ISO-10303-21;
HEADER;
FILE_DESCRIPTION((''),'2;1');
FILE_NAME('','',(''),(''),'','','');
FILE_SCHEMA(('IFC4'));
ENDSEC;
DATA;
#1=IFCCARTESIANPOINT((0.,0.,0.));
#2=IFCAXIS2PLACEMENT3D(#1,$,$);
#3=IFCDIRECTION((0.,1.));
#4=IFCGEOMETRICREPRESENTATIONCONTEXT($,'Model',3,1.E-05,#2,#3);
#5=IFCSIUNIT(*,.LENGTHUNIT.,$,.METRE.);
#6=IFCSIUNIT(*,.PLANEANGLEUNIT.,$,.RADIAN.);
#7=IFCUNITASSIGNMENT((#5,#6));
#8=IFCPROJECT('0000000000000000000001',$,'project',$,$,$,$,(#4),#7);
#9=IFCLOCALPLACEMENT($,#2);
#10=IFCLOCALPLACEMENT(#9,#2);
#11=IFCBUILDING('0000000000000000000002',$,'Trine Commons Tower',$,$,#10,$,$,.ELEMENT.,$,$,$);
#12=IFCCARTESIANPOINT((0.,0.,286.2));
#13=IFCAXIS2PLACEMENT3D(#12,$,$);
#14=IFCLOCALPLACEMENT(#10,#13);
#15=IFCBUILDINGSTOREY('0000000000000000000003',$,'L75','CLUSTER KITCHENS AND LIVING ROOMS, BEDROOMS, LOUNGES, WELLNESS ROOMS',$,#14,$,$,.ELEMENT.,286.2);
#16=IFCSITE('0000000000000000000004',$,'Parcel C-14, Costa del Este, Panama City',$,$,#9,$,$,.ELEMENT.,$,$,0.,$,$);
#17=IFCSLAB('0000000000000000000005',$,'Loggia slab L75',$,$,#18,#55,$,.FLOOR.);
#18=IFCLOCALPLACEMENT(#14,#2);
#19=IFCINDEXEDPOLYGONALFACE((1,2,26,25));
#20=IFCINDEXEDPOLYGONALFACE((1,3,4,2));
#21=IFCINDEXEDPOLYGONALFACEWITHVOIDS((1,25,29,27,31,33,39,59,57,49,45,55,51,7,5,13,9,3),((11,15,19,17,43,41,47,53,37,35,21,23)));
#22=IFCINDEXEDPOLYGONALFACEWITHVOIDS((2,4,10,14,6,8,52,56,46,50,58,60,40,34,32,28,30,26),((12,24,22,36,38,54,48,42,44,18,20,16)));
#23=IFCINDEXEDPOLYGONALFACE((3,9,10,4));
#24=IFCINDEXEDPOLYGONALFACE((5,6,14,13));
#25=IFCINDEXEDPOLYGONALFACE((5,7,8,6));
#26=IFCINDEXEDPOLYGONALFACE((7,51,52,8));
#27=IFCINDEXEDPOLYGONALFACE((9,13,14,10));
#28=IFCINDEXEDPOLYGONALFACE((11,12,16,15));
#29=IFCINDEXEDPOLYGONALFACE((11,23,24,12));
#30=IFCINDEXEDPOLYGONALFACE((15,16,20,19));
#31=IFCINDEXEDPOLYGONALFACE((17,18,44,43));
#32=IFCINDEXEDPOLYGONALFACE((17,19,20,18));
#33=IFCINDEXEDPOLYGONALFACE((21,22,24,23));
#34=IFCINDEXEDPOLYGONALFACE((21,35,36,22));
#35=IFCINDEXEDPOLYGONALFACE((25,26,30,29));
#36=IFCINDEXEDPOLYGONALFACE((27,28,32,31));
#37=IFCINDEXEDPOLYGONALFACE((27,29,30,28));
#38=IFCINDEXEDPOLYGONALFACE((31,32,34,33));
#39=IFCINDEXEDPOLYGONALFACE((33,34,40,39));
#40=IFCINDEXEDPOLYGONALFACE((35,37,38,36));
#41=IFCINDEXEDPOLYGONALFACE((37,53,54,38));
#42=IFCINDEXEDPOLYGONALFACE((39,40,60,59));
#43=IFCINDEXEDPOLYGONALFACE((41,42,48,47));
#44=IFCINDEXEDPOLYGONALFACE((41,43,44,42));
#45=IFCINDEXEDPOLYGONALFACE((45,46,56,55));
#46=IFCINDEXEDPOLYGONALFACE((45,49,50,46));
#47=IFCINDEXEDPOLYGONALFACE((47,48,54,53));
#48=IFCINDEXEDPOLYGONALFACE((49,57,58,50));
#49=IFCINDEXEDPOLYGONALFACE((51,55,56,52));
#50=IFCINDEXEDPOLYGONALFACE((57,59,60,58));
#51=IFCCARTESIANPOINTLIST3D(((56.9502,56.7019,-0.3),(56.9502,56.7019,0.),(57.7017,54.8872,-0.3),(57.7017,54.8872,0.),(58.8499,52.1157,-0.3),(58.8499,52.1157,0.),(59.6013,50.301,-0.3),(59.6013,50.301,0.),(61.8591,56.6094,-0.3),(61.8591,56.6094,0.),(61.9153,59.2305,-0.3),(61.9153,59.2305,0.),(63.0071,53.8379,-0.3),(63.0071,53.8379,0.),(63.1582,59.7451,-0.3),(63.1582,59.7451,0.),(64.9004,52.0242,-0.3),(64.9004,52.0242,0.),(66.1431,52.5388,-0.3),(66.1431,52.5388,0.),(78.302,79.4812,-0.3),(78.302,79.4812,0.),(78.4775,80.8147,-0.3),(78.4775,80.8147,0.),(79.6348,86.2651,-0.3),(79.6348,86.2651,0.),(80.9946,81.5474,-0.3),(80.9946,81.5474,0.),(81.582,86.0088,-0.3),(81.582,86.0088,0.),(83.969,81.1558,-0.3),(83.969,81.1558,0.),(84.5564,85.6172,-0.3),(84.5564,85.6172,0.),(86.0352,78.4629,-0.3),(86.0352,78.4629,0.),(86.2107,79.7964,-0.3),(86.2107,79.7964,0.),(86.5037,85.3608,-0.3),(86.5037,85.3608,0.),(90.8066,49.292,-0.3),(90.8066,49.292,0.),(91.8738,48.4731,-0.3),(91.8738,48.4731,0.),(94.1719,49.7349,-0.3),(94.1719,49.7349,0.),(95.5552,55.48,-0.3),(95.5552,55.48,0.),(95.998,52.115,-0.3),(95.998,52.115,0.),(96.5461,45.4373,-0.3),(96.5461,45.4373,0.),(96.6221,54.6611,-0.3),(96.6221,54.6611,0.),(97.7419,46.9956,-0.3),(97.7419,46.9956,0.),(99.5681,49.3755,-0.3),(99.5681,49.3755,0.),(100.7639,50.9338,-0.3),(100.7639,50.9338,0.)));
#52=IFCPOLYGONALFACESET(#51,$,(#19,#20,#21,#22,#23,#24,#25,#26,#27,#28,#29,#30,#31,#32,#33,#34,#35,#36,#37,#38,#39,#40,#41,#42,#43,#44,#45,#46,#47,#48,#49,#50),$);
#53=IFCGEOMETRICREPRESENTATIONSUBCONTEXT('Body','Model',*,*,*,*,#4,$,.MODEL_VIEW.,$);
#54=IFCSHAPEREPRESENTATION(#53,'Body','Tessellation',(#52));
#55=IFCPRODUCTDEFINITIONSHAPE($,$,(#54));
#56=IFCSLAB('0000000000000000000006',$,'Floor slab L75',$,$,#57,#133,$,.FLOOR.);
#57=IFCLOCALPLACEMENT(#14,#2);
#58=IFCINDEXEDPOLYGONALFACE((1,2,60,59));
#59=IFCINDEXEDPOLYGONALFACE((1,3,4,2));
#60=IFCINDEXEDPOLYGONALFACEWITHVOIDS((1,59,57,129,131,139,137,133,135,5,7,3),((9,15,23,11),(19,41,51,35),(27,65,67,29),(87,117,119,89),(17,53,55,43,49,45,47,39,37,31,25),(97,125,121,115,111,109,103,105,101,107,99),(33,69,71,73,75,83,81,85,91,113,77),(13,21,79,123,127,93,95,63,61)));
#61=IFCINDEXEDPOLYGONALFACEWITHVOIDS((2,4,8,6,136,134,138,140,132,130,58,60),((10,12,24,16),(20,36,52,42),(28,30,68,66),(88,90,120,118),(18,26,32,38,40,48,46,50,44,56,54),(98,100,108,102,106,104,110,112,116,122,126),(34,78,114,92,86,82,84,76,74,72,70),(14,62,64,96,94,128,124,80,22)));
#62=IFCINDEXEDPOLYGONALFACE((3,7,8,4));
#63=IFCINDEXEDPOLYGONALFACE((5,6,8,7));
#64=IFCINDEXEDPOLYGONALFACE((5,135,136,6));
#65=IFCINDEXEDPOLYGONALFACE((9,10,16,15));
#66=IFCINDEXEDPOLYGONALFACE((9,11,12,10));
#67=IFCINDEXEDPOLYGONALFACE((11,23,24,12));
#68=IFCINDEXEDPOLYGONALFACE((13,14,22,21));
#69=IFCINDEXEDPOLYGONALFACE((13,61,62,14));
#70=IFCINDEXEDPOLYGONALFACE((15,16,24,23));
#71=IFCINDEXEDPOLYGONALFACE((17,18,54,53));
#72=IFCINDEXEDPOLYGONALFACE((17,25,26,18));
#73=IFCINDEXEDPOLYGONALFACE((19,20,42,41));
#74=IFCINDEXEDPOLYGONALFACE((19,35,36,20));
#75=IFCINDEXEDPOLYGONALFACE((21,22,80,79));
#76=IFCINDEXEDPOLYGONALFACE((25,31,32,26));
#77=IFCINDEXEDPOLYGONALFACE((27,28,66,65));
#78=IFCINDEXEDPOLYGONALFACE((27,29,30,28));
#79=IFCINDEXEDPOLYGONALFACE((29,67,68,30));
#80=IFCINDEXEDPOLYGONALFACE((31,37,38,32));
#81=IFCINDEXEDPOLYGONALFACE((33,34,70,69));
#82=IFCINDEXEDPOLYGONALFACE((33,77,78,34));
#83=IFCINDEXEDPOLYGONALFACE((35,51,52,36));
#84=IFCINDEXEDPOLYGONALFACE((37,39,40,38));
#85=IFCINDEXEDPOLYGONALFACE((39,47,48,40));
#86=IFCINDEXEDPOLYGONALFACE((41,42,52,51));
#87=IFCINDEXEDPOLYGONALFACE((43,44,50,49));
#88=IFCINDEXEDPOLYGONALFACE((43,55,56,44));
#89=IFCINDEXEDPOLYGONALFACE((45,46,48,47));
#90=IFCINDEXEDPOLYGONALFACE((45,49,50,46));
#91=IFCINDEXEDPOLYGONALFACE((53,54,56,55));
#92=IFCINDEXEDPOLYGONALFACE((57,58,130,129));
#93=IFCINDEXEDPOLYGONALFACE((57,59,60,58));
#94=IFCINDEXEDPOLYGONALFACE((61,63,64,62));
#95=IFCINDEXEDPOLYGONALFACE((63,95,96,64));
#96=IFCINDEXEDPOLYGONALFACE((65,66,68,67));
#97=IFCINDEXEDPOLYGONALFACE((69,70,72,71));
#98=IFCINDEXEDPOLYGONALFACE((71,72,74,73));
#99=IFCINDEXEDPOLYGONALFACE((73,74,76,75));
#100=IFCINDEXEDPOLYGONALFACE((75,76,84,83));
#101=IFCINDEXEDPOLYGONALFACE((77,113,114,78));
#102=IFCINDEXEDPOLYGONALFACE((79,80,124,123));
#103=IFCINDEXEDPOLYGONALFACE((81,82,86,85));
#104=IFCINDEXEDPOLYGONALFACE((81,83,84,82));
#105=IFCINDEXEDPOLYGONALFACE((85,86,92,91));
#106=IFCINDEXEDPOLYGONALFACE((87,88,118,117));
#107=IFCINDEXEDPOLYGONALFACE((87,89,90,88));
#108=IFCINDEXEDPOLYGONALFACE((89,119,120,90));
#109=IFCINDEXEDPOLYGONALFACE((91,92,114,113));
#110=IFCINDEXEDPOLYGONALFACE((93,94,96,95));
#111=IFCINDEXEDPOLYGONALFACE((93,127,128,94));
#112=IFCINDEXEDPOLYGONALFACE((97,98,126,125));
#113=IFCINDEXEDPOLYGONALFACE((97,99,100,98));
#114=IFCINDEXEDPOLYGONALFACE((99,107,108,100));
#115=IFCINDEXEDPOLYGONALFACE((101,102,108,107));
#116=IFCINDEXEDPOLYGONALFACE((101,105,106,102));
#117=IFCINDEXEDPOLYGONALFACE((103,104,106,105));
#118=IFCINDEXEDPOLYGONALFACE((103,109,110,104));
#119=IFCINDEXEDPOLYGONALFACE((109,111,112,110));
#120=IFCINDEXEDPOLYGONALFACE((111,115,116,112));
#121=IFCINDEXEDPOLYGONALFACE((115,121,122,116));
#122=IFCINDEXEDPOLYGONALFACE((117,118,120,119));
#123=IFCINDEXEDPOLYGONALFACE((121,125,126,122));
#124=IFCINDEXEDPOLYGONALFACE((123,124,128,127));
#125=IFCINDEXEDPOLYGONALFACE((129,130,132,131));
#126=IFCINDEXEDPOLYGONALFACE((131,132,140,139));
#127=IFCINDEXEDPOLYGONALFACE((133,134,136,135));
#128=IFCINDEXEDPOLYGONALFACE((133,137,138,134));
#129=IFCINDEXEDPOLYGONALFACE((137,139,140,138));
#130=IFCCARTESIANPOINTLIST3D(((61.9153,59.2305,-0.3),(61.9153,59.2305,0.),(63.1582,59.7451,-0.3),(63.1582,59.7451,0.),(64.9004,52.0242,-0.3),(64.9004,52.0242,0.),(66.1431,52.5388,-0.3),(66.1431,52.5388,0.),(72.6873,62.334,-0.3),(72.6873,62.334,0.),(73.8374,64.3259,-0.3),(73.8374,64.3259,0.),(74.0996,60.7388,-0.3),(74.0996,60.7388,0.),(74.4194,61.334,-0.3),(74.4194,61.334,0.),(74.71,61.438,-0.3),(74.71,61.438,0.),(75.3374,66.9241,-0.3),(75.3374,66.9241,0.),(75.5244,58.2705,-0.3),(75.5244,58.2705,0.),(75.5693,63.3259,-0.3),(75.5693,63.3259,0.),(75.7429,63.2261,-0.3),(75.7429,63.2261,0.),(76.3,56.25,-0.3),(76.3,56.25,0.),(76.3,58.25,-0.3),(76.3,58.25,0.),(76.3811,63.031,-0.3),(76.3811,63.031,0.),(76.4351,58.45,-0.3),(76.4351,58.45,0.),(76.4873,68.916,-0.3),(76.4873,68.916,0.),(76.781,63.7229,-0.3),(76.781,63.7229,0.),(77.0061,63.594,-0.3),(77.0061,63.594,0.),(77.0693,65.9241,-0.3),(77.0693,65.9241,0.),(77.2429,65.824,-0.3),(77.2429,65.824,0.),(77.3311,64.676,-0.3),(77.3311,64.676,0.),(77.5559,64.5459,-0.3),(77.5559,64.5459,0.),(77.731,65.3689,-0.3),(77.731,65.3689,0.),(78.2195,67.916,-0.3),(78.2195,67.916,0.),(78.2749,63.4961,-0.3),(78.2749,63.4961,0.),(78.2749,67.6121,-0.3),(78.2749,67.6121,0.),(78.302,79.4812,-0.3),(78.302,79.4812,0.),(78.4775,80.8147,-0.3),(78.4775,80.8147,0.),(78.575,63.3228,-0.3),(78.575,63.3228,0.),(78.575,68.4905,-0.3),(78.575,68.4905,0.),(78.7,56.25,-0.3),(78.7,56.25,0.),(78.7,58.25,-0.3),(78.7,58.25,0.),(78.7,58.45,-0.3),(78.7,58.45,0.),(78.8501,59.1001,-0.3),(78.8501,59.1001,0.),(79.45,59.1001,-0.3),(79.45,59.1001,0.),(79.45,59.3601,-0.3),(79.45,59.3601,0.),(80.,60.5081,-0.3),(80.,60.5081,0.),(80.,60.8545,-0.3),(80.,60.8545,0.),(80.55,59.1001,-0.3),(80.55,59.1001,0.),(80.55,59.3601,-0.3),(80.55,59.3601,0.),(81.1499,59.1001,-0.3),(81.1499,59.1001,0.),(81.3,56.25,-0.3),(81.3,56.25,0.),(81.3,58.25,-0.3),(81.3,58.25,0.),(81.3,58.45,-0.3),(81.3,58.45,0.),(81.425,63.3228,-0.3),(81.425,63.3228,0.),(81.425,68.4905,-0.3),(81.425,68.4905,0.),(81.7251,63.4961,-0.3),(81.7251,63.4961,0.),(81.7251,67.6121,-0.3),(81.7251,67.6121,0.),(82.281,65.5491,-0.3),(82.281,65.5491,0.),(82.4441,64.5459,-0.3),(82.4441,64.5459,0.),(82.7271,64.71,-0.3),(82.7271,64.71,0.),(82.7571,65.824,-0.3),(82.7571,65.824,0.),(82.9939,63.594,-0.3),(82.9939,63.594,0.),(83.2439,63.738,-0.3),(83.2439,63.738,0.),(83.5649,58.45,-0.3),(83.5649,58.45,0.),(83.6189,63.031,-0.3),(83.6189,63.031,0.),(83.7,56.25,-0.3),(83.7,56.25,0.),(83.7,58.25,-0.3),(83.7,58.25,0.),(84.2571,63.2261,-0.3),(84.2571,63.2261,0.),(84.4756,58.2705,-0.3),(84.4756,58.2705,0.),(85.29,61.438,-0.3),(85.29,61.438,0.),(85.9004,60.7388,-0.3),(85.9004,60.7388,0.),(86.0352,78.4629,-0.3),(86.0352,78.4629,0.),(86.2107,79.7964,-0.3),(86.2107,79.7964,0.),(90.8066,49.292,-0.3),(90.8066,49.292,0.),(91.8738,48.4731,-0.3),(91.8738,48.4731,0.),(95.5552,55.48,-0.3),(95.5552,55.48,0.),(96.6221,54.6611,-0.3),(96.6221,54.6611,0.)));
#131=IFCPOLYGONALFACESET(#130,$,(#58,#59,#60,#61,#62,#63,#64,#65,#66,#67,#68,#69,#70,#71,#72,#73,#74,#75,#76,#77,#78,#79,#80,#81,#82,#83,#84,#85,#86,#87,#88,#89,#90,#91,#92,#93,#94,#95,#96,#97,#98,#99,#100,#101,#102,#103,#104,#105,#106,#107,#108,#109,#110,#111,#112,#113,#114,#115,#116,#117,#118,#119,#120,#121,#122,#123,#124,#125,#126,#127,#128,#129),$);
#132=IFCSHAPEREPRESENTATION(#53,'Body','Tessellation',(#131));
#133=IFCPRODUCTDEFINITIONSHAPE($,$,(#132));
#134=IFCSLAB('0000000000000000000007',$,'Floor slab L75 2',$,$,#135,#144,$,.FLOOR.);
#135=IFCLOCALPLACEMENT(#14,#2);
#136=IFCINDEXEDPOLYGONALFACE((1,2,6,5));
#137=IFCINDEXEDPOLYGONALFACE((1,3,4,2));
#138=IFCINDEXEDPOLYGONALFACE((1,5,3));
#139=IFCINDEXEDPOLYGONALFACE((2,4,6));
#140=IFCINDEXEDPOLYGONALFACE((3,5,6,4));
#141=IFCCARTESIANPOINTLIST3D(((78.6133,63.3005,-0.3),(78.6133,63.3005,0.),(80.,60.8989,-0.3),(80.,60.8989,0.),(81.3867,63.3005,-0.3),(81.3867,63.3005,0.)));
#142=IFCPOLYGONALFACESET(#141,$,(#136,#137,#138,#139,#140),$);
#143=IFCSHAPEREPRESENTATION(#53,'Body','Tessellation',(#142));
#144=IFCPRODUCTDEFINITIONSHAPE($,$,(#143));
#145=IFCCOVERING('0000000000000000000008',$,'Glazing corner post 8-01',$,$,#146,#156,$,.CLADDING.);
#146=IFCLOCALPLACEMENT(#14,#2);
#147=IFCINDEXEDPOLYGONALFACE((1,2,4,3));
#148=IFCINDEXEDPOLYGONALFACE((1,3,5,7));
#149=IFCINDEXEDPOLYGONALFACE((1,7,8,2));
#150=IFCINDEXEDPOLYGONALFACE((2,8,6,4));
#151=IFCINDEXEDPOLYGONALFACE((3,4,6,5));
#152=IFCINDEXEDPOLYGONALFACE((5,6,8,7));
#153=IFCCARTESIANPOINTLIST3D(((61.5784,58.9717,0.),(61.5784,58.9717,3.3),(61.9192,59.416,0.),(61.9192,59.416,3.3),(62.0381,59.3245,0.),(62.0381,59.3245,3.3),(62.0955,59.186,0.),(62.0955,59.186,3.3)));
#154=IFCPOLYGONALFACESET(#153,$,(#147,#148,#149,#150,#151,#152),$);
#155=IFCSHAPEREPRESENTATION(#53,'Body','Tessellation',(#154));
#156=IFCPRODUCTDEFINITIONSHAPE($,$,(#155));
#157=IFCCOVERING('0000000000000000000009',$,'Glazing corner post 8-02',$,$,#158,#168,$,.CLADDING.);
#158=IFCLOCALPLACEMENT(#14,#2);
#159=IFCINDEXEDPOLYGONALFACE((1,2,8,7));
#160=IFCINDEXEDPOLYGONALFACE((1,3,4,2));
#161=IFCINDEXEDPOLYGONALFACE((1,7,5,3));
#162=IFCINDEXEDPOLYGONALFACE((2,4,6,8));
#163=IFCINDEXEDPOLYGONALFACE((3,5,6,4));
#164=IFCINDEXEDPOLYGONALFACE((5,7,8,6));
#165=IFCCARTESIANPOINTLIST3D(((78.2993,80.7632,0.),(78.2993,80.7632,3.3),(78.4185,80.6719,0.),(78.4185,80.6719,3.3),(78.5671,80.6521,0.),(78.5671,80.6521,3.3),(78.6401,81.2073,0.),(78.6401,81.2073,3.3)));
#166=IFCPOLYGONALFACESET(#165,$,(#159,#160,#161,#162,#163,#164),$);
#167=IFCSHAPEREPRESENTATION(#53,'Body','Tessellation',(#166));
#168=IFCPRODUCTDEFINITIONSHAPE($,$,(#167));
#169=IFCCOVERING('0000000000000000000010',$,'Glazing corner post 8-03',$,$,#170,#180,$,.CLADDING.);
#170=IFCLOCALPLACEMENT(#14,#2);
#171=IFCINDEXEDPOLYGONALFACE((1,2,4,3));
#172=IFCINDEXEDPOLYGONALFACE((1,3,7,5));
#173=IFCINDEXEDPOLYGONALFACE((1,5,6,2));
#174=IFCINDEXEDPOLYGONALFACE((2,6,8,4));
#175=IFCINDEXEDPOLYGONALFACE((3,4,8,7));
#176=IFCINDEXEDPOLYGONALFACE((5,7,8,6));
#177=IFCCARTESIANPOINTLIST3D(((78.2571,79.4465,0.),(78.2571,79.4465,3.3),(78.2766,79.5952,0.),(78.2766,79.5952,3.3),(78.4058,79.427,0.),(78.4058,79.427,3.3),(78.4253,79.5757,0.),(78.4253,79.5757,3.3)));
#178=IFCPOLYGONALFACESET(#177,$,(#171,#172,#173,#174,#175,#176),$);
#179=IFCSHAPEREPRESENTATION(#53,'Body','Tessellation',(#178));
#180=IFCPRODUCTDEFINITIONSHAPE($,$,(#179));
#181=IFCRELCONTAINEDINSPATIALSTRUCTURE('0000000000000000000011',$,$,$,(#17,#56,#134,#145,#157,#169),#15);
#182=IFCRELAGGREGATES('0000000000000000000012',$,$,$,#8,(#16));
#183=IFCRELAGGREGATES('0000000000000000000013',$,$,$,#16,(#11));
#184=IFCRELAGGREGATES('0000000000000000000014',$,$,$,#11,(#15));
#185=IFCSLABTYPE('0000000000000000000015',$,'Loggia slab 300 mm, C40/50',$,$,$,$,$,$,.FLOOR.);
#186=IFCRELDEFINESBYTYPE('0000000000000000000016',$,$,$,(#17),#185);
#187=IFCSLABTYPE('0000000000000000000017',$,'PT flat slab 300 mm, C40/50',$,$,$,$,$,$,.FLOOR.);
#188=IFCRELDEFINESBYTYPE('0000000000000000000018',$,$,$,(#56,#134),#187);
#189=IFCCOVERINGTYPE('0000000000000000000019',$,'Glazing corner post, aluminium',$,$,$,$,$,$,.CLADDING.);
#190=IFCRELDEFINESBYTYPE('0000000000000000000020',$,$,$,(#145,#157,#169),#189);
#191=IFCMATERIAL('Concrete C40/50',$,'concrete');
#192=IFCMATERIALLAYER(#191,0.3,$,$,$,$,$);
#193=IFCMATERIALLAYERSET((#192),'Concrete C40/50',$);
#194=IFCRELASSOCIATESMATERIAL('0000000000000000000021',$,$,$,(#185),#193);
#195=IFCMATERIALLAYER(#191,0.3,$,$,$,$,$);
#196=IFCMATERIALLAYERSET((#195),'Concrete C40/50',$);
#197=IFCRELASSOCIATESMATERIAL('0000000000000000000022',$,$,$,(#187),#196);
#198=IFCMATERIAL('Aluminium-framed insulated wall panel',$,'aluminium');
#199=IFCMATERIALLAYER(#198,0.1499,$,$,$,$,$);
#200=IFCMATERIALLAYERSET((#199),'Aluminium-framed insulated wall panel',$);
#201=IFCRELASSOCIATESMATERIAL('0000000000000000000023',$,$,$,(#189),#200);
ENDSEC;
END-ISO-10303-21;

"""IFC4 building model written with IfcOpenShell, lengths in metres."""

from ifc_helpers import new_model, si_unit, direction, frame, origin, place, context, subcontext, project, spatial, polyline, outline, extrude, material, layer, layer_set, type_object, element, save


model = new_model("IFC4")

# Units and contexts
model_context = context("Model", 3, precision=1e-05, world=origin(), true_north=direction((0.0, 1.0)))
body_context = subcontext(model_context, "Body", "Model", "MODEL_VIEW")
ifc_project = project(units=[si_unit("LENGTHUNIT", "METRE"), si_unit("PLANEANGLEUNIT", "RADIAN")], contexts=[model_context])

# Site, building, storey
site_placement = place(None, origin())
site = spatial("IfcSite", under=ifc_project, at=site_placement, Name="Parcel C-14, Costa del Este, Panama City", CompositionType="ELEMENT", RefElevation=0.0)
building_placement = place(site_placement, origin())
building = spatial("IfcBuilding", under=site, at=building_placement, Name="Trine Commons Tower", CompositionType="ELEMENT")
storey_placement = place(building_placement, frame((0.0, 0.0, 286.2)))
storey = spatial("IfcBuildingStorey", under=building, at=storey_placement, Name="L75", Description="CLUSTER KITCHENS AND LIVING ROOMS, BEDROOMS, LOUNGES, WELLNESS ROOMS", CompositionType="ELEMENT", Elevation=286.2)

# Slabs
ifc_material_1 = material(Name="Concrete C40/50", Category="concrete")
ifc_layer_1 = layer(ifc_material_1, 0.3)
ifc_layer_set_1 = layer_set([ifc_layer_1], Name="Concrete C40/50")
slab_type_1 = type_object("IfcSlabType", Name="Loggia slab 300 mm, C40/50", PredefinedType="FLOOR", material=ifc_layer_set_1)
slab_1_placement = place(storey_placement, frame((0.0, 0.0, -0.3)))
element("IfcSlab", 1, at=slab_1_placement, inside=storey, type_object=slab_type_1, Name="Loggia slab L75", PredefinedType="FLOOR", context=body_context, shape_type="SweptSolid", body=[
    extrude(outline(polyline([(100.7639, 50.9338), (86.5037, 85.3608), (84.5564, 85.6172), (83.969, 81.1558), (80.9946, 81.5474), (81.582, 86.0088), (79.6348, 86.2651), (56.9502, 56.7019), (57.7017, 54.8872), (61.8591, 56.6094), (63.0071, 53.8379), (58.8499, 52.1157), (59.6013, 50.301), (96.5461, 45.4373), (97.7419, 46.9956), (94.1719, 49.7349), (95.998, 52.115), (99.5681, 49.3755), (100.7639, 50.9338)]), holes=[polyline([(63.1582, 59.7451), (66.1431, 52.5388), (64.9004, 52.0242), (91.8738, 48.4731), (90.8066, 49.292), (95.5552, 55.48), (96.6221, 54.6611), (86.2107, 79.7964), (86.0352, 78.4629), (78.302, 79.4812), (78.4775, 80.8147), (61.9153, 59.2305), (63.1582, 59.7451)])]), origin(), (0.0, 0.0, 1.0), 0.3),
])
ifc_layer_2 = layer(ifc_material_1, 0.3)
ifc_layer_set_2 = layer_set([ifc_layer_2], Name="Concrete C40/50")
slab_type_2 = type_object("IfcSlabType", Name="PT flat slab 300 mm, C40/50", PredefinedType="FLOOR", material=ifc_layer_set_2)
slab_2_placement = place(storey_placement, frame((0.0, 0.0, -0.3)))
element("IfcSlab", 2, at=slab_2_placement, inside=storey, type_object=slab_type_2, Name="Floor slab L75", PredefinedType="FLOOR", context=body_context, shape_type="SweptSolid", body=[
    extrude(outline(polyline([(61.9153, 59.2305), (63.1582, 59.7451), (66.1431, 52.5388), (64.9004, 52.0242), (91.8738, 48.4731), (90.8066, 49.292), (95.5552, 55.48), (96.6221, 54.6611), (86.2107, 79.7964), (86.0352, 78.4629), (78.302, 79.4812), (78.4775, 80.8147), (61.9153, 59.2305)]), holes=[polyline([(78.7, 56.25), (78.7, 58.25), (76.3, 58.25), (76.3, 56.25), (78.7, 56.25)]), polyline([(83.7, 56.25), (83.7, 58.25), (81.3, 58.25), (81.3, 56.25), (83.7, 56.25)]), polyline([(81.3, 58.45), (83.5649, 58.45), (80.0, 60.5081), (76.4351, 58.45), (78.7, 58.45), (78.8501, 59.1001), (79.45, 59.1001), (79.45, 59.3601), (80.55, 59.3601), (80.55, 59.1001), (81.1499, 59.1001), (81.3, 58.45)]), polyline([(81.425, 63.3228), (81.425, 68.4905), (78.575, 68.4905), (78.575, 63.3228), (74.0996, 60.7388), (75.5244, 58.2705), (80.0, 60.8545), (84.4756, 58.2705), (85.9004, 60.7388), (81.425, 63.3228)]), polyline([(72.6873, 62.334), (74.4194, 61.334), (75.5693, 63.3259), (73.8374, 64.3259), (72.6873, 62.334)]), polyline([(76.3811, 63.031), (75.7429, 63.2261), (74.71, 61.438), (78.2749, 63.4961), (78.2749, 67.6121), (77.2429, 65.824), (77.731, 65.3689), (77.3311, 64.676), (77.5559, 64.5459), (77.0061, 63.594), (76.781, 63.7229), (76.3811, 63.031)]), polyline([(82.9939, 63.594), (82.4441, 64.5459), (82.7271, 64.71), (82.281, 65.5491), (82.7571, 65.824), (81.7251, 67.6121), (81.7251, 63.4961), (85.29, 61.438), (84.2571, 63.2261), (83.6189, 63.031), (83.2439, 63.738), (82.9939, 63.594)]), polyline([(76.4873, 68.916), (75.3374, 66.9241), (77.0693, 65.9241), (78.2195, 67.916), (76.4873, 68.916)])]), origin(), (0.0, 0.0, 1.0), 0.3),
])
slab_3_placement = place(storey_placement, frame((0.0, 0.0, -0.3)))
element("IfcSlab", 3, at=slab_3_placement, inside=storey, type_object=slab_type_2, Name="Floor slab L75 2", PredefinedType="FLOOR", context=body_context, shape_type="SweptSolid", body=[
    extrude(outline(polyline([(81.3867, 63.3005), (78.6133, 63.3005), (80.0, 60.8989), (81.3867, 63.3005)])), origin(), (0.0, 0.0, 1.0), 0.3),
])

# Coverings
ifc_material_2 = material(Name="Aluminium-framed insulated wall panel", Category="aluminium")
ifc_layer_3 = layer(ifc_material_2, 0.1499)
ifc_layer_set_3 = layer_set([ifc_layer_3], Name="Aluminium-framed insulated wall panel")
covering_type_1 = type_object("IfcCoveringType", Name="Glazing corner post, aluminium", PredefinedType="CLADDING", material=ifc_layer_set_3)
covering_1_placement = place(storey_placement, origin())
element("IfcCovering", 4, at=covering_1_placement, inside=storey, type_object=covering_type_1, Name="Glazing corner post 8-01", PredefinedType="CLADDING", context=body_context, shape_type="SweptSolid", body=[
    extrude(outline(polyline([(62.0381, 59.3245), (61.9192, 59.416), (61.5784, 58.9717), (62.0955, 59.186), (62.0381, 59.3245), (62.0381, 59.3245)])), origin(), (0.0, 0.0, 1.0), 3.3),
])
covering_2_placement = place(storey_placement, origin())
element("IfcCovering", 5, at=covering_2_placement, inside=storey, type_object=covering_type_1, Name="Glazing corner post 8-02", PredefinedType="CLADDING", context=body_context, shape_type="SweptSolid", body=[
    extrude(outline(polyline([(78.4185, 80.6719), (78.5671, 80.6521), (78.6401, 81.2073), (78.2993, 80.7632), (78.4185, 80.6719), (78.4185, 80.6719)])), origin(), (0.0, 0.0, 1.0), 3.3),
])
covering_3_placement = place(storey_placement, origin())
element("IfcCovering", 6, at=covering_3_placement, inside=storey, type_object=covering_type_1, Name="Glazing corner post 8-03", PredefinedType="CLADDING", context=body_context, shape_type="SweptSolid", body=[
    extrude(outline(polyline([(78.4058, 79.427), (78.4253, 79.5757), (78.2766, 79.5952), (78.2571, 79.4465), (78.4058, 79.427)])), origin(), (0.0, 0.0, 1.0), 3.3),
])

save(model, "model.ifc")
